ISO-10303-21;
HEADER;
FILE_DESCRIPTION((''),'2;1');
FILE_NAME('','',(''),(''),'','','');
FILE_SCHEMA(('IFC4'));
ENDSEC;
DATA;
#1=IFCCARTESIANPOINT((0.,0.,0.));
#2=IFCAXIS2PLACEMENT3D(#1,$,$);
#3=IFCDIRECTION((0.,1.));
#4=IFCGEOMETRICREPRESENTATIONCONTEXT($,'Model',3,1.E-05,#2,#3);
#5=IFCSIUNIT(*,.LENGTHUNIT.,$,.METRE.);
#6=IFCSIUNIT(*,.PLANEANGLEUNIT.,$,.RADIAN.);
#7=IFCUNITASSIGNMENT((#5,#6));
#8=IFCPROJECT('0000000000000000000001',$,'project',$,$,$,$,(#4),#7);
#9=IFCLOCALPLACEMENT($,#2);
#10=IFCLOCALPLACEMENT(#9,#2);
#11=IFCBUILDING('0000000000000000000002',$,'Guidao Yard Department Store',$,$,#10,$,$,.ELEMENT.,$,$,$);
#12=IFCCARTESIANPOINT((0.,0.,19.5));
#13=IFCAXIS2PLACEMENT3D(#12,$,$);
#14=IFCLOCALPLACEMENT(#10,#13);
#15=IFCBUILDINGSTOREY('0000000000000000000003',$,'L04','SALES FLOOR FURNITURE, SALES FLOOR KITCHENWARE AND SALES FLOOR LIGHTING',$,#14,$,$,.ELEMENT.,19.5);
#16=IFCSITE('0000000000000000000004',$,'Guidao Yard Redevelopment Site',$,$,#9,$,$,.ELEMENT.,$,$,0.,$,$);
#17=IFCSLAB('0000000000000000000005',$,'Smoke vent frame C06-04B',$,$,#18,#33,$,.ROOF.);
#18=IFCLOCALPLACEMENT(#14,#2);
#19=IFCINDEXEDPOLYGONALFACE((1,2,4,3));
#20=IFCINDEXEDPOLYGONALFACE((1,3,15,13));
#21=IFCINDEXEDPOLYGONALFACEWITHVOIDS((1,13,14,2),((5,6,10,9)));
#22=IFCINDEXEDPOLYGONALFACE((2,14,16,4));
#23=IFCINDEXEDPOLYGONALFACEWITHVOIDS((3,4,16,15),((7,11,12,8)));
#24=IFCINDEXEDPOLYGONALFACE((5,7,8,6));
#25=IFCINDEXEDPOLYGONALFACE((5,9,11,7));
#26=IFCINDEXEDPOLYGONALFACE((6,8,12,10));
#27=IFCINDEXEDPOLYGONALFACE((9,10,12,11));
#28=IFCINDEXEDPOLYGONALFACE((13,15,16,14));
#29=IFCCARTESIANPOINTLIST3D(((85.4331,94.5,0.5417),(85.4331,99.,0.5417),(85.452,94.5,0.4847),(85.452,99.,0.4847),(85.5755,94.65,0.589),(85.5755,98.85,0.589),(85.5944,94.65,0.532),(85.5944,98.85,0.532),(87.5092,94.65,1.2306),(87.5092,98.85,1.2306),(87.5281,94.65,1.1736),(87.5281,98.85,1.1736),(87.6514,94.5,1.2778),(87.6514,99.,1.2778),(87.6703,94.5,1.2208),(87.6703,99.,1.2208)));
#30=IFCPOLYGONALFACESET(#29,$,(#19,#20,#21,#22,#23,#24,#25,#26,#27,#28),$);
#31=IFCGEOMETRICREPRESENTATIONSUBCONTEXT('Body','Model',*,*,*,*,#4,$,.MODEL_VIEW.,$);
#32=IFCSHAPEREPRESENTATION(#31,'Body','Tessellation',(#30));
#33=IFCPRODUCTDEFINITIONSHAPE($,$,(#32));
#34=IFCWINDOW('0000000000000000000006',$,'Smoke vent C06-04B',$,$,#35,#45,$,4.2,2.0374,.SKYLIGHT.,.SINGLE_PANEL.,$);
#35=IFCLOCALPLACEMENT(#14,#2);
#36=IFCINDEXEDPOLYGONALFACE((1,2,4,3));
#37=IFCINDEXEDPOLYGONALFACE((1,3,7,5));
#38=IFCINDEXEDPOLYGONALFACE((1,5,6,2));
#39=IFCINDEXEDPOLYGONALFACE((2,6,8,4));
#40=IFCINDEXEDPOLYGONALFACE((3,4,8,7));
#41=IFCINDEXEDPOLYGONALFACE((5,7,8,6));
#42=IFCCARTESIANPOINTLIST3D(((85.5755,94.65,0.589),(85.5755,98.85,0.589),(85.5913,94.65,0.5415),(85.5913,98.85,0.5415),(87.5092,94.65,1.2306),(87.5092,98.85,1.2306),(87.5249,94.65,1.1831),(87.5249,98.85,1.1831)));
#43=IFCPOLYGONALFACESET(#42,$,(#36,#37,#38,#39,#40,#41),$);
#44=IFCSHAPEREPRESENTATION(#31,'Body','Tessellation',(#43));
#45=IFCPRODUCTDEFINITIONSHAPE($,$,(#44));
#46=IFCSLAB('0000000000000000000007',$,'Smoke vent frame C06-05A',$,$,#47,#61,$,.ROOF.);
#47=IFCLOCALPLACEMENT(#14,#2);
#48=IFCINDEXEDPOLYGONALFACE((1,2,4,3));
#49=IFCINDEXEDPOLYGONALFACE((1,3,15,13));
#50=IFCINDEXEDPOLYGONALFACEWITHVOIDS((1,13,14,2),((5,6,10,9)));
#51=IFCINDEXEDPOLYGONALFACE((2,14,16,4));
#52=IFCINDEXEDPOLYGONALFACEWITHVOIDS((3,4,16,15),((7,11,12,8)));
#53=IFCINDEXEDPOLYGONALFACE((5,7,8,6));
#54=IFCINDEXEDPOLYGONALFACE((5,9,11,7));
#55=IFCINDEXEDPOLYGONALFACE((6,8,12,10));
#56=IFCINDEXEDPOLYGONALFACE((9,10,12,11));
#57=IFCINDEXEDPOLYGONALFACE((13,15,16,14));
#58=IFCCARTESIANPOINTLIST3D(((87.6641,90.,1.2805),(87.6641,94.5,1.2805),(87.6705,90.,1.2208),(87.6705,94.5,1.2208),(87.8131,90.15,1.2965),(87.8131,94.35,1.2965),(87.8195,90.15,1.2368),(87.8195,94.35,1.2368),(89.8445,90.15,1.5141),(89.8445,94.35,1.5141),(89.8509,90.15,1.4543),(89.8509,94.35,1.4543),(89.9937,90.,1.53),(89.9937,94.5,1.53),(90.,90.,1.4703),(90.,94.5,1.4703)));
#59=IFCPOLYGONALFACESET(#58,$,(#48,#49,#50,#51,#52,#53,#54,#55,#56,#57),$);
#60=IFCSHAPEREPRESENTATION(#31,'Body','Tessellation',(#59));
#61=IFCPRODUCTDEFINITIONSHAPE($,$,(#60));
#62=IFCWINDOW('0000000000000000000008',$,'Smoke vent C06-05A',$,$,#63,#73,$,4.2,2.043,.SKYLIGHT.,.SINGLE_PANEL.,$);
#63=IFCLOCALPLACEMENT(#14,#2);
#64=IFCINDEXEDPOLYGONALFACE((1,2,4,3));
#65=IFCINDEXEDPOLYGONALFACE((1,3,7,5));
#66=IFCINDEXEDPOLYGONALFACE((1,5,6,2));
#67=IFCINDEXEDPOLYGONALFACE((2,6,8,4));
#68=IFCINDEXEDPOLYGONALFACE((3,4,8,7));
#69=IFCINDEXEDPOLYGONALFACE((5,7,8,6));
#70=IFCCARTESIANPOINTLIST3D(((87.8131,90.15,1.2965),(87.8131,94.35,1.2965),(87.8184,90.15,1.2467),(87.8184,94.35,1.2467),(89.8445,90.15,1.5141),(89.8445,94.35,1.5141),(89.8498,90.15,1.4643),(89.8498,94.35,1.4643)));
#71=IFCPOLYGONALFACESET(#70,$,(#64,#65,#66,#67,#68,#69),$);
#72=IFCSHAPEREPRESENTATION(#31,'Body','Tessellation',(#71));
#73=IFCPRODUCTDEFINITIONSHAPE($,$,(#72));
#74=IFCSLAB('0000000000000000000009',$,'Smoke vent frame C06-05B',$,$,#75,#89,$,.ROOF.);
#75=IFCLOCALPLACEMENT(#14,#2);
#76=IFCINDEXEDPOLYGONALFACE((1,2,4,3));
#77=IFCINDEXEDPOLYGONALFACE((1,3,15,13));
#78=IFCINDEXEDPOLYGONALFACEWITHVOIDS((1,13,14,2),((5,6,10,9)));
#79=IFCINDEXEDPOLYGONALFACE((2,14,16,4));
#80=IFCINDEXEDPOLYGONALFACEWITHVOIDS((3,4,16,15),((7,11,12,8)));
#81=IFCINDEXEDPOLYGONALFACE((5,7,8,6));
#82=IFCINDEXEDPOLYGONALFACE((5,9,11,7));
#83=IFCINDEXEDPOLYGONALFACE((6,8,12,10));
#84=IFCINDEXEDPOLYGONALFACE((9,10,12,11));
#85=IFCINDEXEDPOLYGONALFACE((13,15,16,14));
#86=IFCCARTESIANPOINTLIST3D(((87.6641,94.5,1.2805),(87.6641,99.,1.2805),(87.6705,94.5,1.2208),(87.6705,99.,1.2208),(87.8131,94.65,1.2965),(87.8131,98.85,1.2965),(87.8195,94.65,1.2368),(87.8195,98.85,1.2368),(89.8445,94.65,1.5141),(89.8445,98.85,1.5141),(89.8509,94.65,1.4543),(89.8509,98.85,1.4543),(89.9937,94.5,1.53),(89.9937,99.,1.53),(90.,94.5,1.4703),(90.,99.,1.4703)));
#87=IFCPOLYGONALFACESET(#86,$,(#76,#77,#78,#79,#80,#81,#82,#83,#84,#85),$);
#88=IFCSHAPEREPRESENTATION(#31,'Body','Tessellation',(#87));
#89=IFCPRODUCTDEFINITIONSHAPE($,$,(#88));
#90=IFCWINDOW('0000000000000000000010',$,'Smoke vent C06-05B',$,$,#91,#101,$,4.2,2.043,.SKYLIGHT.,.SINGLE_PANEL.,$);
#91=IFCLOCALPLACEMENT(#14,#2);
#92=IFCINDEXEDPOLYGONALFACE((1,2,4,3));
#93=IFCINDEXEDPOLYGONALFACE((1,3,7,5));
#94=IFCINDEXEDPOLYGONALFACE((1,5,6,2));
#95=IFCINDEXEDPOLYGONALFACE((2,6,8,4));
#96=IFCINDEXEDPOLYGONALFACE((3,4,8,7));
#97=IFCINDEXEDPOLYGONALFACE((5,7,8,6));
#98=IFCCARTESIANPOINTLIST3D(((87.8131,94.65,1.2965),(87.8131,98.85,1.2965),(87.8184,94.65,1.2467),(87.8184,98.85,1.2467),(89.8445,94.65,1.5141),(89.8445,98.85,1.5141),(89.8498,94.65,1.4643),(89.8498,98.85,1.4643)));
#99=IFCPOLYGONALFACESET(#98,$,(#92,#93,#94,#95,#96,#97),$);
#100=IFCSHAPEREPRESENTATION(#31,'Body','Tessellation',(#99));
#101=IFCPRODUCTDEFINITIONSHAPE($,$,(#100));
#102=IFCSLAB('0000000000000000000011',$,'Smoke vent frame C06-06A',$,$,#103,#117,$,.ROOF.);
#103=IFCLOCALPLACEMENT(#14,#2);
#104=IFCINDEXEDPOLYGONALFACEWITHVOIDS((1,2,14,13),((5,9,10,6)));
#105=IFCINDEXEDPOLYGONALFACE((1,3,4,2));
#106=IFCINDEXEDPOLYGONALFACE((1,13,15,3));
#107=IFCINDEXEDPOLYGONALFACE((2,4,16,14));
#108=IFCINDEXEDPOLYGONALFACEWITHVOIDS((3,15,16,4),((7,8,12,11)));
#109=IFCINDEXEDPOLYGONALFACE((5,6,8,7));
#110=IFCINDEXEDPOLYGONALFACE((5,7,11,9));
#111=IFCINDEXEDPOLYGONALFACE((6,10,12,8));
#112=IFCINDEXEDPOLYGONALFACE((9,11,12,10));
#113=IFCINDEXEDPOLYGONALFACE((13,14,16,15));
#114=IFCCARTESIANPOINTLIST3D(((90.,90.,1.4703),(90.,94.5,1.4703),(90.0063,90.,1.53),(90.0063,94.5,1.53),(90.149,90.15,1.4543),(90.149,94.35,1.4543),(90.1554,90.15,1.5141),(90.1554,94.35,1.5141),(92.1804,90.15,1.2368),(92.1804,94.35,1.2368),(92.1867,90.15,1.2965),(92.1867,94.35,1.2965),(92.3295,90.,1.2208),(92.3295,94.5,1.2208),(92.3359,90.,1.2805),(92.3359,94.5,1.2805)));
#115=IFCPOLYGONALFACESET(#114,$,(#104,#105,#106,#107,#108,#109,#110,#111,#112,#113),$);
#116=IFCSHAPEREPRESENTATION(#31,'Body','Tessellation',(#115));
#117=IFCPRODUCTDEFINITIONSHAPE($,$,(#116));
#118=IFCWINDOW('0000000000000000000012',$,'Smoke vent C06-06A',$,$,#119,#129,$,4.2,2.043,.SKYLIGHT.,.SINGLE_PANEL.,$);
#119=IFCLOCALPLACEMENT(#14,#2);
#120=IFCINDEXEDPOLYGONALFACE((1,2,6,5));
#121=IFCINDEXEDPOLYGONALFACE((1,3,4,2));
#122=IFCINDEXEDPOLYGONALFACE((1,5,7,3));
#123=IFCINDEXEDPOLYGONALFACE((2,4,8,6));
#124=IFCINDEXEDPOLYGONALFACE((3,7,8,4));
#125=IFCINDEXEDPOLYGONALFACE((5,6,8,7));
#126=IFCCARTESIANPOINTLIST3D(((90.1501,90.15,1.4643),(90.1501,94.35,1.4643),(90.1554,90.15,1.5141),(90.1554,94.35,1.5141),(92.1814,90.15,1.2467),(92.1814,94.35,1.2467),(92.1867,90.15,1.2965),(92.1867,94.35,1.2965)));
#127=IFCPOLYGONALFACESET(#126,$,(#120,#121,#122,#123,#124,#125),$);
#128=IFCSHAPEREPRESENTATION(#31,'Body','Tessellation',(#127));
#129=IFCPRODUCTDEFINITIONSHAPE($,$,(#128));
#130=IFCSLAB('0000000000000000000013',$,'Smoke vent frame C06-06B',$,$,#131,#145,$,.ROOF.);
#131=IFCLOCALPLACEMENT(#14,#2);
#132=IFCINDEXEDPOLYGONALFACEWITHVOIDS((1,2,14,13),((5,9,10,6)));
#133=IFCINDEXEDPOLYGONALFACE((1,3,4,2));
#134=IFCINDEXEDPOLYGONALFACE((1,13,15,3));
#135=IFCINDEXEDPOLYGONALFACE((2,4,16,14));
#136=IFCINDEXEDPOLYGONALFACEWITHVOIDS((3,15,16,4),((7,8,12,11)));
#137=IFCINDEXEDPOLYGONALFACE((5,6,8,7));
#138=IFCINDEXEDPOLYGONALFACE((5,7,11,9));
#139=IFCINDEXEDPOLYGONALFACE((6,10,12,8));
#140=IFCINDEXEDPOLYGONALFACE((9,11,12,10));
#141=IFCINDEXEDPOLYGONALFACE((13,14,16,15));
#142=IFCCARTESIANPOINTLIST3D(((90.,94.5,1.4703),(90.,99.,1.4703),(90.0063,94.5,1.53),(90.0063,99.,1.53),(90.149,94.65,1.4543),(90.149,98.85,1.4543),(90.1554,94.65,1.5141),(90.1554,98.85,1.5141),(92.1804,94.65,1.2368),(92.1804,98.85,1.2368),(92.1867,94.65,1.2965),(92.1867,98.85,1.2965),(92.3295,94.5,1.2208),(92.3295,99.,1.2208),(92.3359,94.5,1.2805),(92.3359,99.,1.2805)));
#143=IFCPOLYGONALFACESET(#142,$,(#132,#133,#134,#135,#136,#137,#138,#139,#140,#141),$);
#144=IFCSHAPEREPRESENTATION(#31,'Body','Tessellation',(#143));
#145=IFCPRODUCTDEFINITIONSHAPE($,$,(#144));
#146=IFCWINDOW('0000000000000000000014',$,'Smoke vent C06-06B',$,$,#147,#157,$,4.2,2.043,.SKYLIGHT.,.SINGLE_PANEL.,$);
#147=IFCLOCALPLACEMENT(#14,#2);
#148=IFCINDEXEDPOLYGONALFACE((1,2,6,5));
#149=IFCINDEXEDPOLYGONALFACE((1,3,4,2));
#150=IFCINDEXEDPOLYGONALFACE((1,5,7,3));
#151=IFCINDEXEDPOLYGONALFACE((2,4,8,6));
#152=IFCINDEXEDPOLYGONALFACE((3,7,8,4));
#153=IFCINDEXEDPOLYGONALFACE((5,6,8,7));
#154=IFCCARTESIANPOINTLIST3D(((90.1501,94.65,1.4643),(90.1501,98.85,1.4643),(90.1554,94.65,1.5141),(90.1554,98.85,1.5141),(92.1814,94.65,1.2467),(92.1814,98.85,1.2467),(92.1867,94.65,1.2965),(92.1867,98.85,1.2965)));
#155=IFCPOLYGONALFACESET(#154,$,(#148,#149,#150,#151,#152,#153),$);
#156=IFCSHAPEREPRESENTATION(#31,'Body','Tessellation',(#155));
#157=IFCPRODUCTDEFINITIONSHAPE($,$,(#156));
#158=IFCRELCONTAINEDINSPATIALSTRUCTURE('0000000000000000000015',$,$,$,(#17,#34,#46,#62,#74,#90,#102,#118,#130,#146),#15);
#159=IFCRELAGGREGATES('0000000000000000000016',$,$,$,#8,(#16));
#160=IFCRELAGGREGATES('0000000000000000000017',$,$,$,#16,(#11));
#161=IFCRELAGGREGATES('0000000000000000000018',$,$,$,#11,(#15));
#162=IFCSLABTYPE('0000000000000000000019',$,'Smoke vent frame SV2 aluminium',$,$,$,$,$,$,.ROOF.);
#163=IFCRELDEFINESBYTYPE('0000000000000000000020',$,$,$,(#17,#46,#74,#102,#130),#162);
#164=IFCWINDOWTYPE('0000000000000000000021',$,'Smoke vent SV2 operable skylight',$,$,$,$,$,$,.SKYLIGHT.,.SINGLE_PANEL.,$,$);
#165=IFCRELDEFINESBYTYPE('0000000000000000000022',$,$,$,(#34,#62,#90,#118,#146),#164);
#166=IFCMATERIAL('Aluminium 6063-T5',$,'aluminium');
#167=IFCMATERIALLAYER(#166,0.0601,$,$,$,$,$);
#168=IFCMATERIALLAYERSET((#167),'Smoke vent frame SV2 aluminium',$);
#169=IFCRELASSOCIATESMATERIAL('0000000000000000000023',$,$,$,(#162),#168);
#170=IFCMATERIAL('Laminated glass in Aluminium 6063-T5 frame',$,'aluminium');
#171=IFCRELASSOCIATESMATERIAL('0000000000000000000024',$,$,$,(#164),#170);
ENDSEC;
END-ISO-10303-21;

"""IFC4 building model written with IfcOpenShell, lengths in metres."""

from ifc_helpers import new_model, si_unit, direction, frame, origin, origin_2d, place, context, subcontext, project, spatial, polyline, rectangle, outline, extrude, material, layer, layer_set, type_object, element, fill, save


model = new_model("IFC4")

# Units and contexts
model_context = context("Model", 3, precision=1e-05, world=origin(), true_north=direction((0.0, 1.0)))
body_context = subcontext(model_context, "Body", "Model", "MODEL_VIEW")
ifc_project = project(units=[si_unit("LENGTHUNIT", "METRE"), si_unit("PLANEANGLEUNIT", "RADIAN")], contexts=[model_context])

# Site, building, storey
site_placement = place(None, origin())
site = spatial("IfcSite", under=ifc_project, at=site_placement, Name="Guidao Yard Redevelopment Site", CompositionType="ELEMENT", RefElevation=0.0)
building_placement = place(site_placement, origin())
building = spatial("IfcBuilding", under=site, at=building_placement, Name="Guidao Yard Department Store", CompositionType="ELEMENT")
storey_placement = place(building_placement, frame((0.0, 0.0, 19.5)))
storey = spatial("IfcBuildingStorey", under=building, at=storey_placement, Name="L04", Description="SALES FLOOR FURNITURE, SALES FLOOR KITCHENWARE AND SALES FLOOR LIGHTING", CompositionType="ELEMENT", Elevation=19.5)

# Slabs, openings, windows
ifc_material_1 = material(Name="Aluminium 6063-T5", Category="aluminium")
ifc_layer = layer(ifc_material_1, 0.0601)
ifc_layer_set = layer_set([ifc_layer], Name="Smoke vent frame SV2 aluminium")
slab_type = type_object("IfcSlabType", Name="Smoke vent frame SV2 aluminium", PredefinedType="ROOF", material=ifc_layer_set)
slab_1_placement = place(storey_placement, frame((85.4331, 94.5, 0.5417), z_axis=(-0.314943, 0.0, 0.949111), x_axis=(0.949111, 0.0, 0.314943)))
slab_1 = element("IfcSlab", 1, at=slab_1_placement, inside=storey, type_object=slab_type, Name="Smoke vent frame C06-04B", PredefinedType="ROOF", context=body_context, shape_type="SweptSolid", body=[
    extrude(outline(polyline([(0.0, 0.0), (2.3372, 0.0), (2.3372, 4.5), (0.0, 4.5), (0.0, 0.0)])), origin(), (0.0, 0.0, -1.0), 0.0601),
])
opening_1_placement = place(slab_1_placement, frame((1.1687, 2.25, 0.0)))
opening_1 = element("IfcOpeningElement", 2, at=opening_1_placement, cuts=slab_1, PredefinedType="OPENING", context=body_context, shape_type="SweptSolid", body=[
    extrude(rectangle(XDim=2.0374, YDim=4.2, at=origin_2d()), frame((0.0, 0.0, 0.01)), (0.0, 0.0, -1.0), 0.0801),
])
ifc_material_2 = material(Name="Laminated glass in Aluminium 6063-T5 frame", Category="aluminium")
window_type = type_object("IfcWindowType", Name="Smoke vent SV2 operable skylight", PartitioningType="SINGLE_PANEL", PredefinedType="SKYLIGHT", material=ifc_material_2)
window_1_placement = place(opening_1_placement, frame((0.0, 0.0, -0.05)))
window_1 = element("IfcWindow", 3, at=window_1_placement, inside=storey, type_object=window_type, Name="Smoke vent C06-04B", OverallHeight=4.2, OverallWidth=2.0374, PartitioningType="SINGLE_PANEL", PredefinedType="SKYLIGHT", context=body_context, shape_type="SweptSolid", body=[
    extrude(rectangle(XDim=2.0374, YDim=4.2, at=origin_2d()), origin(), (0.0, 0.0, 1.0), 0.05),
])
fill(opening_1, window_1)
slab_2_placement = place(storey_placement, frame((87.6641, 90.0, 1.2805), z_axis=(-0.106496, 0.0, 0.994313), x_axis=(0.994313, 0.0, 0.106496)))
slab_2 = element("IfcSlab", 4, at=slab_2_placement, inside=storey, type_object=slab_type, Name="Smoke vent frame C06-05A", PredefinedType="ROOF", context=body_context, shape_type="SweptSolid", body=[
    extrude(outline(polyline([(0.0, 0.0), (2.3429, 0.0), (2.3429, 4.5), (0.0, 4.5), (0.0, 0.0)])), origin(), (0.0, 0.0, -1.0), 0.0601),
])
opening_2_placement = place(slab_2_placement, frame((1.1714, 2.25, 0.0)))
opening_2 = element("IfcOpeningElement", 5, at=opening_2_placement, cuts=slab_2, PredefinedType="OPENING", context=body_context, shape_type="SweptSolid", body=[
    extrude(rectangle(XDim=2.043, YDim=4.2, at=origin_2d()), frame((0.0, 0.0, 0.01)), (0.0, 0.0, -1.0), 0.0801),
])
window_2_placement = place(opening_2_placement, frame((0.0, 0.0, -0.05)))
window_2 = element("IfcWindow", 6, at=window_2_placement, inside=storey, type_object=window_type, Name="Smoke vent C06-05A", OverallHeight=4.2, OverallWidth=2.043, PartitioningType="SINGLE_PANEL", PredefinedType="SKYLIGHT", context=body_context, shape_type="SweptSolid", body=[
    extrude(rectangle(XDim=2.043, YDim=4.2, at=origin_2d()), origin(), (0.0, 0.0, 1.0), 0.05),
])
fill(opening_2, window_2)
slab_3_placement = place(storey_placement, frame((87.6641, 94.5, 1.2805), z_axis=(-0.106496, 0.0, 0.994313), x_axis=(0.994313, 0.0, 0.106496)))
slab_3 = element("IfcSlab", 7, at=slab_3_placement, inside=storey, type_object=slab_type, Name="Smoke vent frame C06-05B", PredefinedType="ROOF", context=body_context, shape_type="SweptSolid", body=[
    extrude(outline(polyline([(0.0, 0.0), (2.3429, 0.0), (2.3429, 4.5), (0.0, 4.5), (0.0, 0.0)])), origin(), (0.0, 0.0, -1.0), 0.0601),
])
opening_3_placement = place(slab_3_placement, frame((1.1714, 2.25, 0.0)))
opening_3 = element("IfcOpeningElement", 8, at=opening_3_placement, cuts=slab_3, PredefinedType="OPENING", context=body_context, shape_type="SweptSolid", body=[
    extrude(rectangle(XDim=2.043, YDim=4.2, at=origin_2d()), frame((0.0, 0.0, 0.01)), (0.0, 0.0, -1.0), 0.0801),
])
window_3_placement = place(opening_3_placement, frame((0.0, 0.0, -0.05)))
window_3 = element("IfcWindow", 9, at=window_3_placement, inside=storey, type_object=window_type, Name="Smoke vent C06-05B", OverallHeight=4.2, OverallWidth=2.043, PartitioningType="SINGLE_PANEL", PredefinedType="SKYLIGHT", context=body_context, shape_type="SweptSolid", body=[
    extrude(rectangle(XDim=2.043, YDim=4.2, at=origin_2d()), origin(), (0.0, 0.0, 1.0), 0.05),
])
fill(opening_3, window_3)
slab_4_placement = place(storey_placement, frame((90.0063, 90.0, 1.53), z_axis=(0.106496, 0.0, 0.994313), x_axis=(0.994313, 0.0, -0.106496)))
slab_4 = element("IfcSlab", 10, at=slab_4_placement, inside=storey, type_object=slab_type, Name="Smoke vent frame C06-06A", PredefinedType="ROOF", context=body_context, shape_type="SweptSolid", body=[
    extrude(outline(polyline([(0.0, 0.0), (2.3429, 0.0), (2.3429, 4.5), (0.0, 4.5), (0.0, 0.0)])), origin(), (0.0, 0.0, -1.0), 0.0601),
])
opening_4_placement = place(slab_4_placement, frame((1.1714, 2.25, 0.0)))
opening_4 = element("IfcOpeningElement", 11, at=opening_4_placement, cuts=slab_4, PredefinedType="OPENING", context=body_context, shape_type="SweptSolid", body=[
    extrude(rectangle(XDim=2.043, YDim=4.2, at=origin_2d()), frame((0.0, 0.0, 0.01)), (0.0, 0.0, -1.0), 0.0801),
])
window_4_placement = place(opening_4_placement, frame((0.0, 0.0, -0.05)))
window_4 = element("IfcWindow", 12, at=window_4_placement, inside=storey, type_object=window_type, Name="Smoke vent C06-06A", OverallHeight=4.2, OverallWidth=2.043, PartitioningType="SINGLE_PANEL", PredefinedType="SKYLIGHT", context=body_context, shape_type="SweptSolid", body=[
    extrude(rectangle(XDim=2.043, YDim=4.2, at=origin_2d()), origin(), (0.0, 0.0, 1.0), 0.05),
])
fill(opening_4, window_4)
slab_5_placement = place(storey_placement, frame((90.0063, 94.5, 1.53), z_axis=(0.106496, 0.0, 0.994313), x_axis=(0.994313, 0.0, -0.106496)))
slab_5 = element("IfcSlab", 13, at=slab_5_placement, inside=storey, type_object=slab_type, Name="Smoke vent frame C06-06B", PredefinedType="ROOF", context=body_context, shape_type="SweptSolid", body=[
    extrude(outline(polyline([(0.0, 0.0), (2.3429, 0.0), (2.3429, 4.5), (0.0, 4.5), (0.0, 0.0)])), origin(), (0.0, 0.0, -1.0), 0.0601),
])
opening_5_placement = place(slab_5_placement, frame((1.1714, 2.25, 0.0)))
opening_5 = element("IfcOpeningElement", 14, at=opening_5_placement, cuts=slab_5, PredefinedType="OPENING", context=body_context, shape_type="SweptSolid", body=[
    extrude(rectangle(XDim=2.043, YDim=4.2, at=origin_2d()), frame((0.0, 0.0, 0.01)), (0.0, 0.0, -1.0), 0.0801),
])
window_5_placement = place(opening_5_placement, frame((0.0, 0.0, -0.05)))
window_5 = element("IfcWindow", 15, at=window_5_placement, inside=storey, type_object=window_type, Name="Smoke vent C06-06B", OverallHeight=4.2, OverallWidth=2.043, PartitioningType="SINGLE_PANEL", PredefinedType="SKYLIGHT", context=body_context, shape_type="SweptSolid", body=[
    extrude(rectangle(XDim=2.043, YDim=4.2, at=origin_2d()), origin(), (0.0, 0.0, 1.0), 0.05),
])
fill(opening_5, window_5)

save(model, "model.ifc")
